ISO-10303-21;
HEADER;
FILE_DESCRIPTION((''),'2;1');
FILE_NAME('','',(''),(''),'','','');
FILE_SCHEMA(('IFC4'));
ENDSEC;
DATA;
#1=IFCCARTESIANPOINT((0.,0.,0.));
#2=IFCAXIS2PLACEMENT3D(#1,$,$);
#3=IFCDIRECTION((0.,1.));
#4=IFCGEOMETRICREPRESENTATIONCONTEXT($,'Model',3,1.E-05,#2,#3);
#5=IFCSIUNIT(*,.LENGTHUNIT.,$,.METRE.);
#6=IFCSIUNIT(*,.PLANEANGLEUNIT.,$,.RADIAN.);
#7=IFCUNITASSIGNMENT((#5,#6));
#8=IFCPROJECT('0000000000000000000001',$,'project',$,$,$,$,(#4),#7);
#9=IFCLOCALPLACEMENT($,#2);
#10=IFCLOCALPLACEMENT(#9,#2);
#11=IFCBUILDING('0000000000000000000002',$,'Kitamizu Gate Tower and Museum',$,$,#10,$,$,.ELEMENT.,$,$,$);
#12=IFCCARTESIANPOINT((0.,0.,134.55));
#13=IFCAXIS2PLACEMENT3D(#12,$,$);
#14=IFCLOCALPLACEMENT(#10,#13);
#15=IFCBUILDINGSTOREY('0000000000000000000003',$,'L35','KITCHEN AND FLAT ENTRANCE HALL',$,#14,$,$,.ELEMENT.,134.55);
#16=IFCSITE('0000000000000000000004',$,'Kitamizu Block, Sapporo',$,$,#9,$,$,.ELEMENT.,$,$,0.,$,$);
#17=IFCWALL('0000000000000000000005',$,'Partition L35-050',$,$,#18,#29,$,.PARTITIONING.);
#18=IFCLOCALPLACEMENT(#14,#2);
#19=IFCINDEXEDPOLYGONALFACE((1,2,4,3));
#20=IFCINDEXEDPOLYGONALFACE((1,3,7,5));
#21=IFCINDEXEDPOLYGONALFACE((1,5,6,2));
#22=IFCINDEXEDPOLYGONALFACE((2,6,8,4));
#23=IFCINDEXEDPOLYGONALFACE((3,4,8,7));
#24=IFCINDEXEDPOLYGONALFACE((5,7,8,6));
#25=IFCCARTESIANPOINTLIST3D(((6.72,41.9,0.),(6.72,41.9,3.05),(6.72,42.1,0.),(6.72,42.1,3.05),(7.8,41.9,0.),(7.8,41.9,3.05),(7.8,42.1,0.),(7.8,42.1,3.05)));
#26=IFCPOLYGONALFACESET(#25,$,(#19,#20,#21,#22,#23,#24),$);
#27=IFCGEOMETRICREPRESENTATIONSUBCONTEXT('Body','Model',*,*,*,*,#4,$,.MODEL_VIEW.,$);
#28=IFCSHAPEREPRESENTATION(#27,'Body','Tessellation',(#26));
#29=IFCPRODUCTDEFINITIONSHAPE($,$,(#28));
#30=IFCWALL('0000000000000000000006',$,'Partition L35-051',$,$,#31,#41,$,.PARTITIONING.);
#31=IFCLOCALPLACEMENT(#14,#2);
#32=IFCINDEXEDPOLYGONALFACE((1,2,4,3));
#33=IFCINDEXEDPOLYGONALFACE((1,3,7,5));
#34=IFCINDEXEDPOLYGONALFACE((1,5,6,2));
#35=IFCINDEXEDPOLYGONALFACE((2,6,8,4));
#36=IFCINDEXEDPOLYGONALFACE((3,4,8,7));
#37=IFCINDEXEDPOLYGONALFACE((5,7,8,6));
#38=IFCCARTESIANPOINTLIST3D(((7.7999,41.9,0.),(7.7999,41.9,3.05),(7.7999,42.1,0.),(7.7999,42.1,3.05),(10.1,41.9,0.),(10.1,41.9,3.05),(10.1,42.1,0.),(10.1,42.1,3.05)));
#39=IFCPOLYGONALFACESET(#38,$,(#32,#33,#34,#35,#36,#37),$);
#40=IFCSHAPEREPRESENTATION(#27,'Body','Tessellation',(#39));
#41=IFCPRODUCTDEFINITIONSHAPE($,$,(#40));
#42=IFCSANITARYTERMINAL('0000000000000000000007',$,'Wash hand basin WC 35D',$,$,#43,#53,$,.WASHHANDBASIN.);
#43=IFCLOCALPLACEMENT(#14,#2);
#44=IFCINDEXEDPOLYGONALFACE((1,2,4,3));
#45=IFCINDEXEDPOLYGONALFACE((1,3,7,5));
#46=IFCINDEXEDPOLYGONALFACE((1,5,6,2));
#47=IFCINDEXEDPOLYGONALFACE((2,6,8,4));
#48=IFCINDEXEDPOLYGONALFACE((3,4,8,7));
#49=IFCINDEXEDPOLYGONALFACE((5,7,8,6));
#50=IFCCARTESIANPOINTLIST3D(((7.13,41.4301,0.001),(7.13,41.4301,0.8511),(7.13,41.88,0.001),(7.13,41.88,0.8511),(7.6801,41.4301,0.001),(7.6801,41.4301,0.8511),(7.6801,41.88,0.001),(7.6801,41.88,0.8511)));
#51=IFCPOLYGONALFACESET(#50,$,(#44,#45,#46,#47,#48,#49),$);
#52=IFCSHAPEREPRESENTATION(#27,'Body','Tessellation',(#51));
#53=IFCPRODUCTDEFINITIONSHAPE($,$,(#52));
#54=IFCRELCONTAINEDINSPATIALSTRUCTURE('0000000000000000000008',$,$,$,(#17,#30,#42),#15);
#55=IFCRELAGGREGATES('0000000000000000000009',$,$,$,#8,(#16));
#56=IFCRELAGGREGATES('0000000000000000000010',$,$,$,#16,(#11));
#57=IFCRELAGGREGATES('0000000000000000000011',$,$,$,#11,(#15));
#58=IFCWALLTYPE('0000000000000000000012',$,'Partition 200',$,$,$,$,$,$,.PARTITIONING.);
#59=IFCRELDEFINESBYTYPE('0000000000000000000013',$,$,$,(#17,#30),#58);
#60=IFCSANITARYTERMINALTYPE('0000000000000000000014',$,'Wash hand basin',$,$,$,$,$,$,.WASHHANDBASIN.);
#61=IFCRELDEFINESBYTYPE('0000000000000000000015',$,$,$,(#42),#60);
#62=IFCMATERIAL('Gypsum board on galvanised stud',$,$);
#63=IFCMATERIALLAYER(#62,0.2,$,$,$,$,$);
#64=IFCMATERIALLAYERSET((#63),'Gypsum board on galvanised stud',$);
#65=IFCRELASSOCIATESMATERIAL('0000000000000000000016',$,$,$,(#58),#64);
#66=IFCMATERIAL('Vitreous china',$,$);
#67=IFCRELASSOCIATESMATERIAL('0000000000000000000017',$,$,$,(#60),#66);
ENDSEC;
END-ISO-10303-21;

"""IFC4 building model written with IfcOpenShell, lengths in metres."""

from ifc_helpers import new_model, si_unit, direction, frame, frame_2d, origin, origin_2d, place, context, subcontext, project, spatial, rectangle, extrude, material, layer, layer_set, type_object, element, save


model = new_model("IFC4")

# Units and contexts
model_context = context("Model", 3, precision=1e-05, world=origin(), true_north=direction((0.0, 1.0)))
body_context = subcontext(model_context, "Body", "Model", "MODEL_VIEW")
ifc_project = project(units=[si_unit("LENGTHUNIT", "METRE"), si_unit("PLANEANGLEUNIT", "RADIAN")], contexts=[model_context])

# Site, building, storey
site_placement = place(None, origin())
site = spatial("IfcSite", under=ifc_project, at=site_placement, Name="Kitamizu Block, Sapporo", CompositionType="ELEMENT", RefElevation=0.0)
building_placement = place(site_placement, origin())
building = spatial("IfcBuilding", under=site, at=building_placement, Name="Kitamizu Gate Tower and Museum", CompositionType="ELEMENT")
storey_placement = place(building_placement, frame((0.0, 0.0, 134.55)))
storey = spatial("IfcBuildingStorey", under=building, at=storey_placement, Name="L35", Description="KITCHEN AND FLAT ENTRANCE HALL", CompositionType="ELEMENT", Elevation=134.55)

# Walls
ifc_material_1 = material(Name="Gypsum board on galvanised stud")
ifc_layer_1 = layer(ifc_material_1, 0.2)
ifc_layer_set_1 = layer_set([ifc_layer_1], Name="Gypsum board on galvanised stud")
wall_type_1 = type_object("IfcWallType", Name="Partition 200", PredefinedType="PARTITIONING", material=ifc_layer_set_1)
wall_1_placement = place(storey_placement, frame((6.72, 42.0, 0.0), z_axis=(0.0, 0.0, 1.0), x_axis=(1.0, 0.0, 0.0)))
element("IfcWall", 1, at=wall_1_placement, inside=storey, type_object=wall_type_1, Name="Partition L35-050", PredefinedType="PARTITIONING", context=body_context, shape_type="SweptSolid", body=[
    extrude(rectangle(XDim=1.0801, YDim=0.2, at=frame_2d((0.54, 0.0))), origin(), (0.0, 0.0, 1.0), 3.05),
])
wall_2_placement = place(storey_placement, frame((7.8, 42.0, 0.0), z_axis=(0.0, 0.0, 1.0), x_axis=(1.0, 0.0, 0.0)))
element("IfcWall", 2, at=wall_2_placement, inside=storey, type_object=wall_type_1, Name="Partition L35-051", PredefinedType="PARTITIONING", context=body_context, shape_type="SweptSolid", body=[
    extrude(rectangle(XDim=2.3, YDim=0.2, at=frame_2d((1.1499, 0.0))), origin(), (0.0, 0.0, 1.0), 3.05),
])

# Sanitary terminal
ifc_material_2 = material(Name="Vitreous china")
sanitary_terminal_type = type_object("IfcSanitaryTerminalType", Name="Wash hand basin", PredefinedType="WASHHANDBASIN", material=ifc_material_2)
sanitary_terminal_placement = place(storey_placement, frame((7.405, 41.655, 0.001), z_axis=(0.0, 0.0, 1.0), x_axis=(1.0, 0.0, 0.0)))
element("IfcSanitaryTerminal", 3, at=sanitary_terminal_placement, inside=storey, type_object=sanitary_terminal_type, Name="Wash hand basin WC 35D", PredefinedType="WASHHANDBASIN", context=body_context, shape_type="SweptSolid", body=[
    extrude(rectangle(XDim=0.55, YDim=0.45, at=origin_2d()), origin(), (0.0, 0.0, 1.0), 0.8501),
])

save(model, "model.ifc")
